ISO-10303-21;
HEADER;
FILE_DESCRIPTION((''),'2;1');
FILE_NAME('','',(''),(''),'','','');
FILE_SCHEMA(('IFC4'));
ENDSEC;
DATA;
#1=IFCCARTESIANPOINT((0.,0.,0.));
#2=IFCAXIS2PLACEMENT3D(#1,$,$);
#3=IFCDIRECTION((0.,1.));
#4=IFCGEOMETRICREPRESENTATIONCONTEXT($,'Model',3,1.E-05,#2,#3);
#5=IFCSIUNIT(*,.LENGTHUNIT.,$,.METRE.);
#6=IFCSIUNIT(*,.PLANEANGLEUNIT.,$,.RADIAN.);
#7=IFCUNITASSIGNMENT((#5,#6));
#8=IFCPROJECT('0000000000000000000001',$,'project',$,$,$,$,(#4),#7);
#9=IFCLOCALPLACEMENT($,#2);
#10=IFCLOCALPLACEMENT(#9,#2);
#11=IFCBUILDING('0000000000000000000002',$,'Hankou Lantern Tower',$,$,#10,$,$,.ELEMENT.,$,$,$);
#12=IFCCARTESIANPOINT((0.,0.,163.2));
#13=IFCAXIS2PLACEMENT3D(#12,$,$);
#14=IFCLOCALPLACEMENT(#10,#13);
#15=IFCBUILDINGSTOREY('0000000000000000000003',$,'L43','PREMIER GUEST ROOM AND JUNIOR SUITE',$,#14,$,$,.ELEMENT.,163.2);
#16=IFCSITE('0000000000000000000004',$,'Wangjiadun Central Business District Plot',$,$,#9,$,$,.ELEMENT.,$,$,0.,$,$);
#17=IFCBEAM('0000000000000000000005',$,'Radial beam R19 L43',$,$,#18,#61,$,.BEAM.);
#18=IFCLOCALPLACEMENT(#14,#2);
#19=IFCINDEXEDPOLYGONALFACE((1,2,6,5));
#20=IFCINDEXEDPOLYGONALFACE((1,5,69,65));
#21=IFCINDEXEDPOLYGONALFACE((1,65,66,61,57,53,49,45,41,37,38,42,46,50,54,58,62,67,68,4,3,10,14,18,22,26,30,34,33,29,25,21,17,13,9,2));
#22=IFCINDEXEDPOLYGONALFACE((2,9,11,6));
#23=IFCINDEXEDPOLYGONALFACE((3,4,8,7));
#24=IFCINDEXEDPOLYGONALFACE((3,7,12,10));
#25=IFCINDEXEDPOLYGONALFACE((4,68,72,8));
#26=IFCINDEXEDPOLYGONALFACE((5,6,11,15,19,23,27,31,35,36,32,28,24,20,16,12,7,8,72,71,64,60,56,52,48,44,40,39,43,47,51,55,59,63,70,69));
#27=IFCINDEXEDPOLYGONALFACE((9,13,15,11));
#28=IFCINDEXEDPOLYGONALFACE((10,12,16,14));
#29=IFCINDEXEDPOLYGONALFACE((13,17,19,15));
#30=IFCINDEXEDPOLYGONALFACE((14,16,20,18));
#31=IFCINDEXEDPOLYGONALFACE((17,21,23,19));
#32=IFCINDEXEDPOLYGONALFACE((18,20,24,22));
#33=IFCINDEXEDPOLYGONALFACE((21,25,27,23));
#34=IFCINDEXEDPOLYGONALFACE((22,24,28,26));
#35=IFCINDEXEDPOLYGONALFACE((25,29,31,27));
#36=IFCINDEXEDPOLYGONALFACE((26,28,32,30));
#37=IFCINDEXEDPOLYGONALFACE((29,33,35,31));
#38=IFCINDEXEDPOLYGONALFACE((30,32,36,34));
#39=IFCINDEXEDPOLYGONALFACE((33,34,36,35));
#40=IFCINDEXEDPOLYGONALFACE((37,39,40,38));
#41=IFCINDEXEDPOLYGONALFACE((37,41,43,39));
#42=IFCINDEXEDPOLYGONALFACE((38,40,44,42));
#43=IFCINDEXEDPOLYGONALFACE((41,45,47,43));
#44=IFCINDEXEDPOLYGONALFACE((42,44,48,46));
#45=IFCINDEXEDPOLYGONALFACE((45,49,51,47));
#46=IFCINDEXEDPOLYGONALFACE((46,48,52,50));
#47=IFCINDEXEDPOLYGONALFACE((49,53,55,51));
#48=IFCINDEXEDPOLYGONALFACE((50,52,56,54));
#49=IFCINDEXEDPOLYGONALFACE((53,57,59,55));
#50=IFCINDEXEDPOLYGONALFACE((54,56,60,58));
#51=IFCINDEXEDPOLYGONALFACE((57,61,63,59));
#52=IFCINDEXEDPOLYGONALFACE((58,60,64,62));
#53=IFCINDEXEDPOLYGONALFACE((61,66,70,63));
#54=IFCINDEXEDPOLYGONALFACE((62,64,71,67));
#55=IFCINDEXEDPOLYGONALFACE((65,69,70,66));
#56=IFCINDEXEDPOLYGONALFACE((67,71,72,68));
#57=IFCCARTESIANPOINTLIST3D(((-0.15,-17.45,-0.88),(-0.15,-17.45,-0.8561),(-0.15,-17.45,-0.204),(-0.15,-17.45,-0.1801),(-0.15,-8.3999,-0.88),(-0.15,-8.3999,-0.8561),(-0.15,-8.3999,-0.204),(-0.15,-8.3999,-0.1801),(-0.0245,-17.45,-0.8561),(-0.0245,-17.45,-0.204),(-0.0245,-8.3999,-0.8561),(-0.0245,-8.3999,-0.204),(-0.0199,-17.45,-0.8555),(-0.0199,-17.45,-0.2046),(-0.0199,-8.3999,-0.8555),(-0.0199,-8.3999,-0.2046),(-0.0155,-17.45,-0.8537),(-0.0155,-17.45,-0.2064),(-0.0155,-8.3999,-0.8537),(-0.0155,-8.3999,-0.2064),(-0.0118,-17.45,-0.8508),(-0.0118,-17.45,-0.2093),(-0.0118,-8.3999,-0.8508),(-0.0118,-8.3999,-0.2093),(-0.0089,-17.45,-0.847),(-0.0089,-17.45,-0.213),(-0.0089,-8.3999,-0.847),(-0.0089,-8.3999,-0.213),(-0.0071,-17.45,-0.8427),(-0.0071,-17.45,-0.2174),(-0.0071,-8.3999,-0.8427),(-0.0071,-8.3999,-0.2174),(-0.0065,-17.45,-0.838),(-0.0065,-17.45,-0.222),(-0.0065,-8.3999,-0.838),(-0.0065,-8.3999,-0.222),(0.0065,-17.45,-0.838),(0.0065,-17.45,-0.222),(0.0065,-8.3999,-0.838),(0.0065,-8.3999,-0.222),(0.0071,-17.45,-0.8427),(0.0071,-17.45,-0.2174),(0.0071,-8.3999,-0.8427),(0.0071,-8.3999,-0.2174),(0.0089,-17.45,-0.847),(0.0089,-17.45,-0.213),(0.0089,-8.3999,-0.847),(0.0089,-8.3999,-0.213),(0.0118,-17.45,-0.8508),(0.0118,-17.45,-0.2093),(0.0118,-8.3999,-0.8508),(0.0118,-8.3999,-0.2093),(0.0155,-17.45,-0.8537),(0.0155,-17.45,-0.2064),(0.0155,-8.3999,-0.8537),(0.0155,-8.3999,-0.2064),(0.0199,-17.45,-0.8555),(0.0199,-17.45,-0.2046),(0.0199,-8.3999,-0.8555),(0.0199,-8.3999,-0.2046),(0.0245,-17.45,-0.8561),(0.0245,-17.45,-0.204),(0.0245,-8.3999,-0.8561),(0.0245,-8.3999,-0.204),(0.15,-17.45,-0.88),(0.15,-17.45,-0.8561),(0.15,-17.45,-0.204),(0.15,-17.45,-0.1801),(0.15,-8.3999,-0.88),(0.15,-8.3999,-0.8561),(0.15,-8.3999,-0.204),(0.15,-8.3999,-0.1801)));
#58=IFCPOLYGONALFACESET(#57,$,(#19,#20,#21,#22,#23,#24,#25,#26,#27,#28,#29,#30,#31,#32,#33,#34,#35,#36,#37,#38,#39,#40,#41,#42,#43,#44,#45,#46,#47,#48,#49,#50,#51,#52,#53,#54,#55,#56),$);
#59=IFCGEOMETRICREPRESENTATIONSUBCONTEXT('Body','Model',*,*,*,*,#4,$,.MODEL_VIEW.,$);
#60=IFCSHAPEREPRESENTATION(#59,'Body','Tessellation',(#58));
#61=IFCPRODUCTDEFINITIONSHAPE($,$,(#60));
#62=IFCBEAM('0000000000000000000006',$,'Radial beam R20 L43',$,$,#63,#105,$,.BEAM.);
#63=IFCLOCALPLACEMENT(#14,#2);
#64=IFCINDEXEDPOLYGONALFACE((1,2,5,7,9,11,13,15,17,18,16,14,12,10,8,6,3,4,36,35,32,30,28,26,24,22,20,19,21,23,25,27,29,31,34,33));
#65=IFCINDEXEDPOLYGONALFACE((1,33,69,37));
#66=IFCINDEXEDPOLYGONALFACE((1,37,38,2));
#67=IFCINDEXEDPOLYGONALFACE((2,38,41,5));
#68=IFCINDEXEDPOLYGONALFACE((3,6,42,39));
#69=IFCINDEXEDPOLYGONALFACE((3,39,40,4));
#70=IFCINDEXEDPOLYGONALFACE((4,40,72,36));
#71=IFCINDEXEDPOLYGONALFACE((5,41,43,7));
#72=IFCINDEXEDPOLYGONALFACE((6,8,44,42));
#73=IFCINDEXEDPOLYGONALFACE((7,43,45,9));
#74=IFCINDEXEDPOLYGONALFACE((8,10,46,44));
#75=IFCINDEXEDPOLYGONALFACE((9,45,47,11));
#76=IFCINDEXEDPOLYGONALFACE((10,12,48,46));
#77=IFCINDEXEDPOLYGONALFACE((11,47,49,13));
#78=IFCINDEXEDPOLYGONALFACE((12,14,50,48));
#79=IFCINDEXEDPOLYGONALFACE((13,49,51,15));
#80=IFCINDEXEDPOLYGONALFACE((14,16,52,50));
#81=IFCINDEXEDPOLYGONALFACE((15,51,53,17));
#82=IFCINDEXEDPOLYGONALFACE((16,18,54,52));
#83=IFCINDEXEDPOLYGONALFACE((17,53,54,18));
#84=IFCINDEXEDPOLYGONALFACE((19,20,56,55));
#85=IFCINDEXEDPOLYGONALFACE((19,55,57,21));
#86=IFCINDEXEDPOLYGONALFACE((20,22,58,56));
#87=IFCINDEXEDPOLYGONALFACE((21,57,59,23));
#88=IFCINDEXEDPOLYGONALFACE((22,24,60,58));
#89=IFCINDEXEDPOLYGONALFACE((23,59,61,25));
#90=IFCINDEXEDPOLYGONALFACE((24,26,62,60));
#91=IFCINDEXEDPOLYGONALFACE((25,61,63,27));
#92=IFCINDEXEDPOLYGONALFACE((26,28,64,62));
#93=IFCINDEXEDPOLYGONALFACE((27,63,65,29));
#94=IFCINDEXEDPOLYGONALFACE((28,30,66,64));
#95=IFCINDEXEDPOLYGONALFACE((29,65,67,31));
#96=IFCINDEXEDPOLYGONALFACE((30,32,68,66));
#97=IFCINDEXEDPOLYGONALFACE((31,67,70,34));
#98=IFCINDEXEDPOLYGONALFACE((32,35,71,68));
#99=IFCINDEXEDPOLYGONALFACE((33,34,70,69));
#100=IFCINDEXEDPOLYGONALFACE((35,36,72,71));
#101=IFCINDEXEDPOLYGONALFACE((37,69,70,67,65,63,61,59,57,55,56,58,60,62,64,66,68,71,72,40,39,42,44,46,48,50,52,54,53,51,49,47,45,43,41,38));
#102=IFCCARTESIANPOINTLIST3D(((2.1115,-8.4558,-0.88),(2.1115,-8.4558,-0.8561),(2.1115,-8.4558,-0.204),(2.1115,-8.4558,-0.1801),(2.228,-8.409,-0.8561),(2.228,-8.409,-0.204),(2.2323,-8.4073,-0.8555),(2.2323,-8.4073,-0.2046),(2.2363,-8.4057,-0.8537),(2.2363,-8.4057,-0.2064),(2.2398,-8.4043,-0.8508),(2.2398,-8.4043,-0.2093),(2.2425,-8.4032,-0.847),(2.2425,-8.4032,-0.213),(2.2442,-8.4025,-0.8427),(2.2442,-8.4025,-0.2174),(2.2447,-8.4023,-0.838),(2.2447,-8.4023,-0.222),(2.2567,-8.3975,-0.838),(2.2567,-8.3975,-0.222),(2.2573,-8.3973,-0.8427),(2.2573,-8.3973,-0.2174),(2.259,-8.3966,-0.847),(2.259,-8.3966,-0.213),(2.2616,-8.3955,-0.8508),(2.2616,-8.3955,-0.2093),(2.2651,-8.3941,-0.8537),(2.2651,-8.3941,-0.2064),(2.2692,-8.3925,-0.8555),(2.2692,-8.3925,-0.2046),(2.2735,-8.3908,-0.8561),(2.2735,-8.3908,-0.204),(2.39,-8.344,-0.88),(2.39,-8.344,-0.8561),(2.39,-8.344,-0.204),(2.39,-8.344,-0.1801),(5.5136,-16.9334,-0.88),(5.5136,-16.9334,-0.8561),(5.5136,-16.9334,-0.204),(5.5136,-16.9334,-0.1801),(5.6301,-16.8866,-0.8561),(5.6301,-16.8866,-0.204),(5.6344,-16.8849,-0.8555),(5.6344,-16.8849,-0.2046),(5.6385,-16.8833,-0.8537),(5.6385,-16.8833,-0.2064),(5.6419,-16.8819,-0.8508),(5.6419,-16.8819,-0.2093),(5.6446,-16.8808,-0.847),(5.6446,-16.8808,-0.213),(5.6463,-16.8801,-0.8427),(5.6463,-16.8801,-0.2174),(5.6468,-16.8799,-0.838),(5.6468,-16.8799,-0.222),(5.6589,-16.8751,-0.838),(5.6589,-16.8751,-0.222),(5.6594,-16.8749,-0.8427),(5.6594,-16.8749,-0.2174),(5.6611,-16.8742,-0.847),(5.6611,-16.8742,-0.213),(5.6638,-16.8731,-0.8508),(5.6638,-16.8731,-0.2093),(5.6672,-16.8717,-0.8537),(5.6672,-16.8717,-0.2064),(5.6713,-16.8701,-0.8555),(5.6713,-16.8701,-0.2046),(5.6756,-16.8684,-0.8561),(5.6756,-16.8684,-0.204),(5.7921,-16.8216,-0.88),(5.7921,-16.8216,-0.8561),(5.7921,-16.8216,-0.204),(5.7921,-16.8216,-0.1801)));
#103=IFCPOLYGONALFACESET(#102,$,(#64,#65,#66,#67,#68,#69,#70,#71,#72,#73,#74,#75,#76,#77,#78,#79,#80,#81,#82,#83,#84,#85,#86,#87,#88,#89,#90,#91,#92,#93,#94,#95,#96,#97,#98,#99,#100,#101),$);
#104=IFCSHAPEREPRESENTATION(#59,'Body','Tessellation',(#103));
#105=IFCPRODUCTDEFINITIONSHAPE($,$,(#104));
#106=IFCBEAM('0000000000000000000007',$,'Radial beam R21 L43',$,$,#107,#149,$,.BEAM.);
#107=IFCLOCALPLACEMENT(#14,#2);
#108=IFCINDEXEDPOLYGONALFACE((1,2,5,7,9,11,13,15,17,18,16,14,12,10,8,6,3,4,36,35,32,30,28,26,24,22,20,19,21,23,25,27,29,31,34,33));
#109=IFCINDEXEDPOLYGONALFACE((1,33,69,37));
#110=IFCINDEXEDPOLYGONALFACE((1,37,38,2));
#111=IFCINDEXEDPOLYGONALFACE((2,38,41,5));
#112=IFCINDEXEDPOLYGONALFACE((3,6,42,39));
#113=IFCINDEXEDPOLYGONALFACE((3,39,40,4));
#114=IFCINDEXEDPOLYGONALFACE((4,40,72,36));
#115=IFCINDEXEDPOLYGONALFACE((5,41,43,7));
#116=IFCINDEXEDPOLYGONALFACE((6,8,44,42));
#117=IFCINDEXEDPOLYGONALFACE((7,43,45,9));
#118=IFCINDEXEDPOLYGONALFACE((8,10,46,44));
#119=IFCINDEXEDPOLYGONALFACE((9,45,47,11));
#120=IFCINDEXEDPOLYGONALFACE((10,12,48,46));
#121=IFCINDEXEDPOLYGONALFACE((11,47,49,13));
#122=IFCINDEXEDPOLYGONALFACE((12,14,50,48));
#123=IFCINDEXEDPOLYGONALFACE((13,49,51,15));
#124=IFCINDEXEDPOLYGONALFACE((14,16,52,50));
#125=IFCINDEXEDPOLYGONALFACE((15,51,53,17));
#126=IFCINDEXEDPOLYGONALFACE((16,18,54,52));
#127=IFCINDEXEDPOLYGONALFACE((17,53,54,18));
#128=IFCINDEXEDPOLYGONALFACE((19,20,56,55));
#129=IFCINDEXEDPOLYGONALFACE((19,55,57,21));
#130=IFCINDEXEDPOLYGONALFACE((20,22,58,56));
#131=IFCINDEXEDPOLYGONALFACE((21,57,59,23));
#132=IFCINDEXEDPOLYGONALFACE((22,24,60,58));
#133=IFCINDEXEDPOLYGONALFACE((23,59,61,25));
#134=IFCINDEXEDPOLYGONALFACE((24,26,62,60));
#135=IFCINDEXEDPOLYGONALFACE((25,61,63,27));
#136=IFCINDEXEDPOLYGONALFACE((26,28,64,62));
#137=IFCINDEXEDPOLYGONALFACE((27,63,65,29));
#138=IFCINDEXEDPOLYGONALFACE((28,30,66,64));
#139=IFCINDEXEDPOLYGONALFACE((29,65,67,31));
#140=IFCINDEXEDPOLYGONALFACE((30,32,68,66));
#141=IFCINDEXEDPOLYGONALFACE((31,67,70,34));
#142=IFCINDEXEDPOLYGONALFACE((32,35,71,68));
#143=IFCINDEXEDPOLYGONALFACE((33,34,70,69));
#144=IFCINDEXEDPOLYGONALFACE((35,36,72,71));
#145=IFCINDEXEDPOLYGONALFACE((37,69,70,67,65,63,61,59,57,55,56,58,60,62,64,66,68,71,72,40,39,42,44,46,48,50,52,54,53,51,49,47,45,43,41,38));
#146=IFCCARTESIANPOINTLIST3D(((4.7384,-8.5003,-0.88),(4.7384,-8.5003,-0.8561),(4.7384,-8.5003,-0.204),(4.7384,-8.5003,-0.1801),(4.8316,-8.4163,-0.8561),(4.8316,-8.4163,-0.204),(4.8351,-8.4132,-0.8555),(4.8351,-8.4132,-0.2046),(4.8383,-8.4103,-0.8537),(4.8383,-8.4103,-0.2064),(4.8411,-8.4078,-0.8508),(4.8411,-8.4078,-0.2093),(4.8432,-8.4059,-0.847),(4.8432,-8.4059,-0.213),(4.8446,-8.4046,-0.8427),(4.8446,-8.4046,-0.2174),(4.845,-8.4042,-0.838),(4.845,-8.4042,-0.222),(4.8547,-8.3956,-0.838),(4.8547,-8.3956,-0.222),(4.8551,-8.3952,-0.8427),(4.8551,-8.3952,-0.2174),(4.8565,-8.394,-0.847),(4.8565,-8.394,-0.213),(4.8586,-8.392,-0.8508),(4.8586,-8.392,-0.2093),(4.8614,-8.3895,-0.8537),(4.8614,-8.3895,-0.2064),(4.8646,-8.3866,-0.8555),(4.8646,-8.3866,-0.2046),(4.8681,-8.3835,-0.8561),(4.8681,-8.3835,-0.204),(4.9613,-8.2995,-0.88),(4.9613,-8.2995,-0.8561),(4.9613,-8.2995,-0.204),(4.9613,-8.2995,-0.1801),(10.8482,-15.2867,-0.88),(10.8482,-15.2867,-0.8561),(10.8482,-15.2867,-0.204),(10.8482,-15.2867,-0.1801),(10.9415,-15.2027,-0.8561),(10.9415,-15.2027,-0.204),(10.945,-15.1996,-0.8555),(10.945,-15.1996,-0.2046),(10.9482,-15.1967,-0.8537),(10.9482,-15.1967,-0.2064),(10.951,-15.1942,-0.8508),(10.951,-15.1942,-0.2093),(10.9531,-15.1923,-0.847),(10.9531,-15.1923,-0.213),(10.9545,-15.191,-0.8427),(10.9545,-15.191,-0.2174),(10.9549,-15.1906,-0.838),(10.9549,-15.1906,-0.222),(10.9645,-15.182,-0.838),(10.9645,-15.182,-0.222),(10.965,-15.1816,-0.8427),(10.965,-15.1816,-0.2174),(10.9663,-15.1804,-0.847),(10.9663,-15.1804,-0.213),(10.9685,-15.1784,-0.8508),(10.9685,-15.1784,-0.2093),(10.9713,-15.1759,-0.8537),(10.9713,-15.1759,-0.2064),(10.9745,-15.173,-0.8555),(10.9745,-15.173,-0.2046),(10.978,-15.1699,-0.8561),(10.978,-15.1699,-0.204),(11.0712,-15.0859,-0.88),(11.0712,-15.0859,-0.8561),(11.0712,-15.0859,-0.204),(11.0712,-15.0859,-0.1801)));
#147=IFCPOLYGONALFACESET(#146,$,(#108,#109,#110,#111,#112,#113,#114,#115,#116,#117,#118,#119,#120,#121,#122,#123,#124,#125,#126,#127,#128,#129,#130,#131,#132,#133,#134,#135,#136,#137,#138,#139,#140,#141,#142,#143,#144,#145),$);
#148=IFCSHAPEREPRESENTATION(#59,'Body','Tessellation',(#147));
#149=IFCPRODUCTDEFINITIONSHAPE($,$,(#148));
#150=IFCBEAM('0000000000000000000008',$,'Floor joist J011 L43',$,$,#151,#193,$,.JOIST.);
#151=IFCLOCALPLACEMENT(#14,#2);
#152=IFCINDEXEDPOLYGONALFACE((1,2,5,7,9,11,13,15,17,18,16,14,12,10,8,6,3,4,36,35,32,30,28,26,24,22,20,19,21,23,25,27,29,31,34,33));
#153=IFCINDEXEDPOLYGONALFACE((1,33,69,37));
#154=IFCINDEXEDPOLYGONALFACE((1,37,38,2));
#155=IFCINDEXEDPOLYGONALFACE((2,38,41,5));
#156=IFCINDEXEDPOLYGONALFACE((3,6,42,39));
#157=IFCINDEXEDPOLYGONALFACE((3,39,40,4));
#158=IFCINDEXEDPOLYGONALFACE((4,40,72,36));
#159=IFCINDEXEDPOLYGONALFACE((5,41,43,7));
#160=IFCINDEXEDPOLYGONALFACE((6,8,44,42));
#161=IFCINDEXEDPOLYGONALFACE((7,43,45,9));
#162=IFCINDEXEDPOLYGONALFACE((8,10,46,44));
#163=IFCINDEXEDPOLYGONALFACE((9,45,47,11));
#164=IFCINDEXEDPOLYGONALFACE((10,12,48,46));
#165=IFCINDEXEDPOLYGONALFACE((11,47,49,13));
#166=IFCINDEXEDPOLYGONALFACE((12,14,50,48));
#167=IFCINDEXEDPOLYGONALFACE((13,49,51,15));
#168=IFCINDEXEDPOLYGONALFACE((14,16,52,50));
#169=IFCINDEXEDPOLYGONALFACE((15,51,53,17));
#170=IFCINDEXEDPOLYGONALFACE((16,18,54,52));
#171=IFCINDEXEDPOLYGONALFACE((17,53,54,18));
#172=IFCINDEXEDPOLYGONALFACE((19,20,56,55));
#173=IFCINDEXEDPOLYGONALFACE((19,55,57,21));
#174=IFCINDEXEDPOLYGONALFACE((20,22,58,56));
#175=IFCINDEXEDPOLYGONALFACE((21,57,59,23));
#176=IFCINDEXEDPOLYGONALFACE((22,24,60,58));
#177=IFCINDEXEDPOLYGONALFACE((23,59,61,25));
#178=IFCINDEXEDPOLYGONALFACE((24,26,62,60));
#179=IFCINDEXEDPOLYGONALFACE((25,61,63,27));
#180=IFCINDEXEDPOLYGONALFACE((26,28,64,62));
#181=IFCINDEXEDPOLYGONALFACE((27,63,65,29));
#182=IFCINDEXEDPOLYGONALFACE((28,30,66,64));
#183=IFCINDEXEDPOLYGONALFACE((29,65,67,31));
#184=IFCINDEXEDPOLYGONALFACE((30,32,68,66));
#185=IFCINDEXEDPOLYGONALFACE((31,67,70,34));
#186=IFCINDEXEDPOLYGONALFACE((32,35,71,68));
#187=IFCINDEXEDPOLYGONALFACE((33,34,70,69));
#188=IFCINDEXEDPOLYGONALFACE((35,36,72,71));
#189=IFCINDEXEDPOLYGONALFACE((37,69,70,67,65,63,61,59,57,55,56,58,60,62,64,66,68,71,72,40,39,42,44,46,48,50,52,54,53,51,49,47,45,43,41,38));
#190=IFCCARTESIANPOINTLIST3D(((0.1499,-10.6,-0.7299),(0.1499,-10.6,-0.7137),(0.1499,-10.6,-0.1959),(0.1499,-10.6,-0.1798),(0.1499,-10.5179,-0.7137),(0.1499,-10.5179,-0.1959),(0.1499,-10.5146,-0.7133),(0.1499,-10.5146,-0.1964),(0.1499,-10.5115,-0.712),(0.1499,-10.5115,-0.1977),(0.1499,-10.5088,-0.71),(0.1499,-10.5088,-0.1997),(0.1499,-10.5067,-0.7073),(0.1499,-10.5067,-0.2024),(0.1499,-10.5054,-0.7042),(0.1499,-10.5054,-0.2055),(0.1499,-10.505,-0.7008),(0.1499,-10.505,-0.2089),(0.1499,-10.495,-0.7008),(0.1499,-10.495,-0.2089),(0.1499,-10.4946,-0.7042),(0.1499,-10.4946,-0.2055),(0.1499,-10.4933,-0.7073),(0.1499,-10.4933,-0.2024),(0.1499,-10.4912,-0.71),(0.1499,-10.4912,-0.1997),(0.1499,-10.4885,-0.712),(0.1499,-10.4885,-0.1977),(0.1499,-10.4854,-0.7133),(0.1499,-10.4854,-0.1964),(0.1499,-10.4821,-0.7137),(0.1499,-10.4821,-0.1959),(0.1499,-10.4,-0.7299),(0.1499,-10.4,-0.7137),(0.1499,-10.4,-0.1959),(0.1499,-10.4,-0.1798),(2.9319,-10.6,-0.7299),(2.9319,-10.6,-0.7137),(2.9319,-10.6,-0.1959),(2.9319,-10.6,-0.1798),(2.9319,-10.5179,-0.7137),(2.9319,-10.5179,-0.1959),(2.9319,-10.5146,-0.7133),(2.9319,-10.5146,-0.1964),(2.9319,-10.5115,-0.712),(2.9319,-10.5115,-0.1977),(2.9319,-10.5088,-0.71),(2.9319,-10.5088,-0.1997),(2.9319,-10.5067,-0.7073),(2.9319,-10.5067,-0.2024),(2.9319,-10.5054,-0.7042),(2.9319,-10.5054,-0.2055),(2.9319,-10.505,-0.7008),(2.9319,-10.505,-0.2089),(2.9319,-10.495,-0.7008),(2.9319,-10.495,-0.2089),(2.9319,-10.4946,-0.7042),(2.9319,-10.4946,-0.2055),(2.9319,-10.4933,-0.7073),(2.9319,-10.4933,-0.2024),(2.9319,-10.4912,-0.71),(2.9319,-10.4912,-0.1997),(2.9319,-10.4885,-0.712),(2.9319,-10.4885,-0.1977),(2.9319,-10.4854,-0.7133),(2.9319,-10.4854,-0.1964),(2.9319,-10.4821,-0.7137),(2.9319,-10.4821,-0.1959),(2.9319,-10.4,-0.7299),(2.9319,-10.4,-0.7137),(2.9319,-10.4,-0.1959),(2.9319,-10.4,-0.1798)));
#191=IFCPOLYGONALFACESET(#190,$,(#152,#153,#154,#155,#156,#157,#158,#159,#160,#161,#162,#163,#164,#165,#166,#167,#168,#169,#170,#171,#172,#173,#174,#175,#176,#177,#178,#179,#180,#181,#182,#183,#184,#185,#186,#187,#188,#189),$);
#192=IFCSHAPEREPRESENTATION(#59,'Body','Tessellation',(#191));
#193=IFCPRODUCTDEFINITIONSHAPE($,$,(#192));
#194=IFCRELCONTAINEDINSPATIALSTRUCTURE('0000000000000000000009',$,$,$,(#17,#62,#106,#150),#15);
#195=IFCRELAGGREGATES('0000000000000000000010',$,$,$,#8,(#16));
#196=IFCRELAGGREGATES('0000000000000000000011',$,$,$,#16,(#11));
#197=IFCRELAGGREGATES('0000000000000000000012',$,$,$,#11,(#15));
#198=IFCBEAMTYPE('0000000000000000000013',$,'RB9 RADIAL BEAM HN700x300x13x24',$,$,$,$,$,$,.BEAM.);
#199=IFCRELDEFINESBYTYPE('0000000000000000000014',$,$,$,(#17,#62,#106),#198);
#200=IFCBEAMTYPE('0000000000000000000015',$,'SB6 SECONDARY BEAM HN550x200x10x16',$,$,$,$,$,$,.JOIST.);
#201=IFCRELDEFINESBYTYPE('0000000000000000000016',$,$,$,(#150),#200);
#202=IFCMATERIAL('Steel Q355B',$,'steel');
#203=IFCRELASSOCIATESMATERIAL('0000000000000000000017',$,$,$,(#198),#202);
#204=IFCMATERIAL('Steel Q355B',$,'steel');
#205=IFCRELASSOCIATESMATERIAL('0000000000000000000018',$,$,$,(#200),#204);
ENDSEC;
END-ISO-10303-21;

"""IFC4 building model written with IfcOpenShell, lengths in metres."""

from ifc_helpers import new_model, si_unit, direction, frame, origin, origin_2d, place, context, subcontext, project, spatial, i_section, extrude, material, material_profile, profile_set, type_object, element, save


model = new_model("IFC4")

# Units and contexts
model_context = context("Model", 3, precision=1e-05, world=origin(), true_north=direction((0.0, 1.0)))
body_context = subcontext(model_context, "Body", "Model", "MODEL_VIEW")
ifc_project = project(units=[si_unit("LENGTHUNIT", "METRE"), si_unit("PLANEANGLEUNIT", "RADIAN")], contexts=[model_context])

# Site, building, storey
site_placement = place(None, origin())
site = spatial("IfcSite", under=ifc_project, at=site_placement, Name="Wangjiadun Central Business District Plot", CompositionType="ELEMENT", RefElevation=0.0)
building_placement = place(site_placement, origin())
building = spatial("IfcBuilding", under=site, at=building_placement, Name="Hankou Lantern Tower", CompositionType="ELEMENT")
storey_placement = place(building_placement, frame((0.0, 0.0, 163.2)))
storey = spatial("IfcBuildingStorey", under=building, at=storey_placement, Name="L43", Description="PREMIER GUEST ROOM AND JUNIOR SUITE", CompositionType="ELEMENT", Elevation=163.2)

# Beams
ifc_material_1 = material(Name="Steel Q355B", Category="steel")
ifc_material_profile_1 = material_profile(ifc_material_1, i_section(OverallWidth=0.3, OverallDepth=0.7, WebThickness=0.0129, FlangeThickness=0.0239, FilletRadius=0.0181, at=origin_2d()), Name="HN700x300x13x24")
ifc_profile_set_1 = profile_set([ifc_material_profile_1], Name="Steel Q355B")
beam_type_1 = type_object("IfcBeamType", Name="RB9 RADIAL BEAM HN700x300x13x24", PredefinedType="BEAM", material=ifc_profile_set_1)
beam_1_placement = place(storey_placement, frame((0.0, -8.3999, -0.53), z_axis=(0.0, -1.0, 0.0), x_axis=(1.0, 0.0, 0.0)))
element("IfcBeam", 1, at=beam_1_placement, inside=storey, type_object=beam_type_1, Name="Radial beam R19 L43", PredefinedType="BEAM", context=body_context, shape_type="SweptSolid", body=[
    extrude(i_section(OverallWidth=0.3, OverallDepth=0.7, WebThickness=0.0129, FlangeThickness=0.0239, FilletRadius=0.0181, at=origin_2d()), origin(), (0.0, 0.0, 1.0), 9.05),
])
beam_2_placement = place(storey_placement, frame((2.2507, -8.3999, -0.53), z_axis=(0.372436, -0.928058, 0.0), x_axis=(0.928058, 0.372436, 0.0)))
element("IfcBeam", 2, at=beam_2_placement, inside=storey, type_object=beam_type_1, Name="Radial beam R20 L43", PredefinedType="BEAM", context=body_context, shape_type="SweptSolid", body=[
    extrude(i_section(OverallWidth=0.3, OverallDepth=0.7, WebThickness=0.0129, FlangeThickness=0.0239, FilletRadius=0.0181, at=origin_2d()), origin(), (0.0, 0.0, 1.0), 9.1348),
])
beam_3_placement = place(storey_placement, frame((4.8499, -8.3999, -0.53), z_axis=(0.669093, -0.743178, 0.0), x_axis=(0.743178, 0.669093, 0.0)))
element("IfcBeam", 3, at=beam_3_placement, inside=storey, type_object=beam_type_1, Name="Radial beam R21 L43", PredefinedType="BEAM", context=body_context, shape_type="SweptSolid", body=[
    extrude(i_section(OverallWidth=0.3, OverallDepth=0.7, WebThickness=0.0129, FlangeThickness=0.0239, FilletRadius=0.0181, at=origin_2d()), origin(), (0.0, 0.0, 1.0), 9.1316),
])
ifc_material_2 = material(Name="Steel Q355B", Category="steel")
ifc_material_profile_2 = material_profile(ifc_material_2, i_section(OverallWidth=0.2, OverallDepth=0.55, WebThickness=0.01, FlangeThickness=0.0161, FilletRadius=0.0129, at=origin_2d()), Name="HN550x200x10x16")
ifc_profile_set_2 = profile_set([ifc_material_profile_2], Name="Steel Q355B")
beam_type_2 = type_object("IfcBeamType", Name="SB6 SECONDARY BEAM HN550x200x10x16", PredefinedType="JOIST", material=ifc_profile_set_2)
beam_4_placement = place(storey_placement, frame((0.1499, -10.5, -0.4548), z_axis=(1.0, 0.0, 0.0), x_axis=(0.0, 1.0, 0.0)))
element("IfcBeam", 4, at=beam_4_placement, inside=storey, type_object=beam_type_2, Name="Floor joist J011 L43", PredefinedType="JOIST", context=body_context, shape_type="SweptSolid", body=[
    extrude(i_section(OverallWidth=0.2, OverallDepth=0.55, WebThickness=0.01, FlangeThickness=0.0161, FilletRadius=0.0129, at=origin_2d()), origin(), (0.0, 0.0, 1.0), 2.782),
])

save(model, "model.ifc")
